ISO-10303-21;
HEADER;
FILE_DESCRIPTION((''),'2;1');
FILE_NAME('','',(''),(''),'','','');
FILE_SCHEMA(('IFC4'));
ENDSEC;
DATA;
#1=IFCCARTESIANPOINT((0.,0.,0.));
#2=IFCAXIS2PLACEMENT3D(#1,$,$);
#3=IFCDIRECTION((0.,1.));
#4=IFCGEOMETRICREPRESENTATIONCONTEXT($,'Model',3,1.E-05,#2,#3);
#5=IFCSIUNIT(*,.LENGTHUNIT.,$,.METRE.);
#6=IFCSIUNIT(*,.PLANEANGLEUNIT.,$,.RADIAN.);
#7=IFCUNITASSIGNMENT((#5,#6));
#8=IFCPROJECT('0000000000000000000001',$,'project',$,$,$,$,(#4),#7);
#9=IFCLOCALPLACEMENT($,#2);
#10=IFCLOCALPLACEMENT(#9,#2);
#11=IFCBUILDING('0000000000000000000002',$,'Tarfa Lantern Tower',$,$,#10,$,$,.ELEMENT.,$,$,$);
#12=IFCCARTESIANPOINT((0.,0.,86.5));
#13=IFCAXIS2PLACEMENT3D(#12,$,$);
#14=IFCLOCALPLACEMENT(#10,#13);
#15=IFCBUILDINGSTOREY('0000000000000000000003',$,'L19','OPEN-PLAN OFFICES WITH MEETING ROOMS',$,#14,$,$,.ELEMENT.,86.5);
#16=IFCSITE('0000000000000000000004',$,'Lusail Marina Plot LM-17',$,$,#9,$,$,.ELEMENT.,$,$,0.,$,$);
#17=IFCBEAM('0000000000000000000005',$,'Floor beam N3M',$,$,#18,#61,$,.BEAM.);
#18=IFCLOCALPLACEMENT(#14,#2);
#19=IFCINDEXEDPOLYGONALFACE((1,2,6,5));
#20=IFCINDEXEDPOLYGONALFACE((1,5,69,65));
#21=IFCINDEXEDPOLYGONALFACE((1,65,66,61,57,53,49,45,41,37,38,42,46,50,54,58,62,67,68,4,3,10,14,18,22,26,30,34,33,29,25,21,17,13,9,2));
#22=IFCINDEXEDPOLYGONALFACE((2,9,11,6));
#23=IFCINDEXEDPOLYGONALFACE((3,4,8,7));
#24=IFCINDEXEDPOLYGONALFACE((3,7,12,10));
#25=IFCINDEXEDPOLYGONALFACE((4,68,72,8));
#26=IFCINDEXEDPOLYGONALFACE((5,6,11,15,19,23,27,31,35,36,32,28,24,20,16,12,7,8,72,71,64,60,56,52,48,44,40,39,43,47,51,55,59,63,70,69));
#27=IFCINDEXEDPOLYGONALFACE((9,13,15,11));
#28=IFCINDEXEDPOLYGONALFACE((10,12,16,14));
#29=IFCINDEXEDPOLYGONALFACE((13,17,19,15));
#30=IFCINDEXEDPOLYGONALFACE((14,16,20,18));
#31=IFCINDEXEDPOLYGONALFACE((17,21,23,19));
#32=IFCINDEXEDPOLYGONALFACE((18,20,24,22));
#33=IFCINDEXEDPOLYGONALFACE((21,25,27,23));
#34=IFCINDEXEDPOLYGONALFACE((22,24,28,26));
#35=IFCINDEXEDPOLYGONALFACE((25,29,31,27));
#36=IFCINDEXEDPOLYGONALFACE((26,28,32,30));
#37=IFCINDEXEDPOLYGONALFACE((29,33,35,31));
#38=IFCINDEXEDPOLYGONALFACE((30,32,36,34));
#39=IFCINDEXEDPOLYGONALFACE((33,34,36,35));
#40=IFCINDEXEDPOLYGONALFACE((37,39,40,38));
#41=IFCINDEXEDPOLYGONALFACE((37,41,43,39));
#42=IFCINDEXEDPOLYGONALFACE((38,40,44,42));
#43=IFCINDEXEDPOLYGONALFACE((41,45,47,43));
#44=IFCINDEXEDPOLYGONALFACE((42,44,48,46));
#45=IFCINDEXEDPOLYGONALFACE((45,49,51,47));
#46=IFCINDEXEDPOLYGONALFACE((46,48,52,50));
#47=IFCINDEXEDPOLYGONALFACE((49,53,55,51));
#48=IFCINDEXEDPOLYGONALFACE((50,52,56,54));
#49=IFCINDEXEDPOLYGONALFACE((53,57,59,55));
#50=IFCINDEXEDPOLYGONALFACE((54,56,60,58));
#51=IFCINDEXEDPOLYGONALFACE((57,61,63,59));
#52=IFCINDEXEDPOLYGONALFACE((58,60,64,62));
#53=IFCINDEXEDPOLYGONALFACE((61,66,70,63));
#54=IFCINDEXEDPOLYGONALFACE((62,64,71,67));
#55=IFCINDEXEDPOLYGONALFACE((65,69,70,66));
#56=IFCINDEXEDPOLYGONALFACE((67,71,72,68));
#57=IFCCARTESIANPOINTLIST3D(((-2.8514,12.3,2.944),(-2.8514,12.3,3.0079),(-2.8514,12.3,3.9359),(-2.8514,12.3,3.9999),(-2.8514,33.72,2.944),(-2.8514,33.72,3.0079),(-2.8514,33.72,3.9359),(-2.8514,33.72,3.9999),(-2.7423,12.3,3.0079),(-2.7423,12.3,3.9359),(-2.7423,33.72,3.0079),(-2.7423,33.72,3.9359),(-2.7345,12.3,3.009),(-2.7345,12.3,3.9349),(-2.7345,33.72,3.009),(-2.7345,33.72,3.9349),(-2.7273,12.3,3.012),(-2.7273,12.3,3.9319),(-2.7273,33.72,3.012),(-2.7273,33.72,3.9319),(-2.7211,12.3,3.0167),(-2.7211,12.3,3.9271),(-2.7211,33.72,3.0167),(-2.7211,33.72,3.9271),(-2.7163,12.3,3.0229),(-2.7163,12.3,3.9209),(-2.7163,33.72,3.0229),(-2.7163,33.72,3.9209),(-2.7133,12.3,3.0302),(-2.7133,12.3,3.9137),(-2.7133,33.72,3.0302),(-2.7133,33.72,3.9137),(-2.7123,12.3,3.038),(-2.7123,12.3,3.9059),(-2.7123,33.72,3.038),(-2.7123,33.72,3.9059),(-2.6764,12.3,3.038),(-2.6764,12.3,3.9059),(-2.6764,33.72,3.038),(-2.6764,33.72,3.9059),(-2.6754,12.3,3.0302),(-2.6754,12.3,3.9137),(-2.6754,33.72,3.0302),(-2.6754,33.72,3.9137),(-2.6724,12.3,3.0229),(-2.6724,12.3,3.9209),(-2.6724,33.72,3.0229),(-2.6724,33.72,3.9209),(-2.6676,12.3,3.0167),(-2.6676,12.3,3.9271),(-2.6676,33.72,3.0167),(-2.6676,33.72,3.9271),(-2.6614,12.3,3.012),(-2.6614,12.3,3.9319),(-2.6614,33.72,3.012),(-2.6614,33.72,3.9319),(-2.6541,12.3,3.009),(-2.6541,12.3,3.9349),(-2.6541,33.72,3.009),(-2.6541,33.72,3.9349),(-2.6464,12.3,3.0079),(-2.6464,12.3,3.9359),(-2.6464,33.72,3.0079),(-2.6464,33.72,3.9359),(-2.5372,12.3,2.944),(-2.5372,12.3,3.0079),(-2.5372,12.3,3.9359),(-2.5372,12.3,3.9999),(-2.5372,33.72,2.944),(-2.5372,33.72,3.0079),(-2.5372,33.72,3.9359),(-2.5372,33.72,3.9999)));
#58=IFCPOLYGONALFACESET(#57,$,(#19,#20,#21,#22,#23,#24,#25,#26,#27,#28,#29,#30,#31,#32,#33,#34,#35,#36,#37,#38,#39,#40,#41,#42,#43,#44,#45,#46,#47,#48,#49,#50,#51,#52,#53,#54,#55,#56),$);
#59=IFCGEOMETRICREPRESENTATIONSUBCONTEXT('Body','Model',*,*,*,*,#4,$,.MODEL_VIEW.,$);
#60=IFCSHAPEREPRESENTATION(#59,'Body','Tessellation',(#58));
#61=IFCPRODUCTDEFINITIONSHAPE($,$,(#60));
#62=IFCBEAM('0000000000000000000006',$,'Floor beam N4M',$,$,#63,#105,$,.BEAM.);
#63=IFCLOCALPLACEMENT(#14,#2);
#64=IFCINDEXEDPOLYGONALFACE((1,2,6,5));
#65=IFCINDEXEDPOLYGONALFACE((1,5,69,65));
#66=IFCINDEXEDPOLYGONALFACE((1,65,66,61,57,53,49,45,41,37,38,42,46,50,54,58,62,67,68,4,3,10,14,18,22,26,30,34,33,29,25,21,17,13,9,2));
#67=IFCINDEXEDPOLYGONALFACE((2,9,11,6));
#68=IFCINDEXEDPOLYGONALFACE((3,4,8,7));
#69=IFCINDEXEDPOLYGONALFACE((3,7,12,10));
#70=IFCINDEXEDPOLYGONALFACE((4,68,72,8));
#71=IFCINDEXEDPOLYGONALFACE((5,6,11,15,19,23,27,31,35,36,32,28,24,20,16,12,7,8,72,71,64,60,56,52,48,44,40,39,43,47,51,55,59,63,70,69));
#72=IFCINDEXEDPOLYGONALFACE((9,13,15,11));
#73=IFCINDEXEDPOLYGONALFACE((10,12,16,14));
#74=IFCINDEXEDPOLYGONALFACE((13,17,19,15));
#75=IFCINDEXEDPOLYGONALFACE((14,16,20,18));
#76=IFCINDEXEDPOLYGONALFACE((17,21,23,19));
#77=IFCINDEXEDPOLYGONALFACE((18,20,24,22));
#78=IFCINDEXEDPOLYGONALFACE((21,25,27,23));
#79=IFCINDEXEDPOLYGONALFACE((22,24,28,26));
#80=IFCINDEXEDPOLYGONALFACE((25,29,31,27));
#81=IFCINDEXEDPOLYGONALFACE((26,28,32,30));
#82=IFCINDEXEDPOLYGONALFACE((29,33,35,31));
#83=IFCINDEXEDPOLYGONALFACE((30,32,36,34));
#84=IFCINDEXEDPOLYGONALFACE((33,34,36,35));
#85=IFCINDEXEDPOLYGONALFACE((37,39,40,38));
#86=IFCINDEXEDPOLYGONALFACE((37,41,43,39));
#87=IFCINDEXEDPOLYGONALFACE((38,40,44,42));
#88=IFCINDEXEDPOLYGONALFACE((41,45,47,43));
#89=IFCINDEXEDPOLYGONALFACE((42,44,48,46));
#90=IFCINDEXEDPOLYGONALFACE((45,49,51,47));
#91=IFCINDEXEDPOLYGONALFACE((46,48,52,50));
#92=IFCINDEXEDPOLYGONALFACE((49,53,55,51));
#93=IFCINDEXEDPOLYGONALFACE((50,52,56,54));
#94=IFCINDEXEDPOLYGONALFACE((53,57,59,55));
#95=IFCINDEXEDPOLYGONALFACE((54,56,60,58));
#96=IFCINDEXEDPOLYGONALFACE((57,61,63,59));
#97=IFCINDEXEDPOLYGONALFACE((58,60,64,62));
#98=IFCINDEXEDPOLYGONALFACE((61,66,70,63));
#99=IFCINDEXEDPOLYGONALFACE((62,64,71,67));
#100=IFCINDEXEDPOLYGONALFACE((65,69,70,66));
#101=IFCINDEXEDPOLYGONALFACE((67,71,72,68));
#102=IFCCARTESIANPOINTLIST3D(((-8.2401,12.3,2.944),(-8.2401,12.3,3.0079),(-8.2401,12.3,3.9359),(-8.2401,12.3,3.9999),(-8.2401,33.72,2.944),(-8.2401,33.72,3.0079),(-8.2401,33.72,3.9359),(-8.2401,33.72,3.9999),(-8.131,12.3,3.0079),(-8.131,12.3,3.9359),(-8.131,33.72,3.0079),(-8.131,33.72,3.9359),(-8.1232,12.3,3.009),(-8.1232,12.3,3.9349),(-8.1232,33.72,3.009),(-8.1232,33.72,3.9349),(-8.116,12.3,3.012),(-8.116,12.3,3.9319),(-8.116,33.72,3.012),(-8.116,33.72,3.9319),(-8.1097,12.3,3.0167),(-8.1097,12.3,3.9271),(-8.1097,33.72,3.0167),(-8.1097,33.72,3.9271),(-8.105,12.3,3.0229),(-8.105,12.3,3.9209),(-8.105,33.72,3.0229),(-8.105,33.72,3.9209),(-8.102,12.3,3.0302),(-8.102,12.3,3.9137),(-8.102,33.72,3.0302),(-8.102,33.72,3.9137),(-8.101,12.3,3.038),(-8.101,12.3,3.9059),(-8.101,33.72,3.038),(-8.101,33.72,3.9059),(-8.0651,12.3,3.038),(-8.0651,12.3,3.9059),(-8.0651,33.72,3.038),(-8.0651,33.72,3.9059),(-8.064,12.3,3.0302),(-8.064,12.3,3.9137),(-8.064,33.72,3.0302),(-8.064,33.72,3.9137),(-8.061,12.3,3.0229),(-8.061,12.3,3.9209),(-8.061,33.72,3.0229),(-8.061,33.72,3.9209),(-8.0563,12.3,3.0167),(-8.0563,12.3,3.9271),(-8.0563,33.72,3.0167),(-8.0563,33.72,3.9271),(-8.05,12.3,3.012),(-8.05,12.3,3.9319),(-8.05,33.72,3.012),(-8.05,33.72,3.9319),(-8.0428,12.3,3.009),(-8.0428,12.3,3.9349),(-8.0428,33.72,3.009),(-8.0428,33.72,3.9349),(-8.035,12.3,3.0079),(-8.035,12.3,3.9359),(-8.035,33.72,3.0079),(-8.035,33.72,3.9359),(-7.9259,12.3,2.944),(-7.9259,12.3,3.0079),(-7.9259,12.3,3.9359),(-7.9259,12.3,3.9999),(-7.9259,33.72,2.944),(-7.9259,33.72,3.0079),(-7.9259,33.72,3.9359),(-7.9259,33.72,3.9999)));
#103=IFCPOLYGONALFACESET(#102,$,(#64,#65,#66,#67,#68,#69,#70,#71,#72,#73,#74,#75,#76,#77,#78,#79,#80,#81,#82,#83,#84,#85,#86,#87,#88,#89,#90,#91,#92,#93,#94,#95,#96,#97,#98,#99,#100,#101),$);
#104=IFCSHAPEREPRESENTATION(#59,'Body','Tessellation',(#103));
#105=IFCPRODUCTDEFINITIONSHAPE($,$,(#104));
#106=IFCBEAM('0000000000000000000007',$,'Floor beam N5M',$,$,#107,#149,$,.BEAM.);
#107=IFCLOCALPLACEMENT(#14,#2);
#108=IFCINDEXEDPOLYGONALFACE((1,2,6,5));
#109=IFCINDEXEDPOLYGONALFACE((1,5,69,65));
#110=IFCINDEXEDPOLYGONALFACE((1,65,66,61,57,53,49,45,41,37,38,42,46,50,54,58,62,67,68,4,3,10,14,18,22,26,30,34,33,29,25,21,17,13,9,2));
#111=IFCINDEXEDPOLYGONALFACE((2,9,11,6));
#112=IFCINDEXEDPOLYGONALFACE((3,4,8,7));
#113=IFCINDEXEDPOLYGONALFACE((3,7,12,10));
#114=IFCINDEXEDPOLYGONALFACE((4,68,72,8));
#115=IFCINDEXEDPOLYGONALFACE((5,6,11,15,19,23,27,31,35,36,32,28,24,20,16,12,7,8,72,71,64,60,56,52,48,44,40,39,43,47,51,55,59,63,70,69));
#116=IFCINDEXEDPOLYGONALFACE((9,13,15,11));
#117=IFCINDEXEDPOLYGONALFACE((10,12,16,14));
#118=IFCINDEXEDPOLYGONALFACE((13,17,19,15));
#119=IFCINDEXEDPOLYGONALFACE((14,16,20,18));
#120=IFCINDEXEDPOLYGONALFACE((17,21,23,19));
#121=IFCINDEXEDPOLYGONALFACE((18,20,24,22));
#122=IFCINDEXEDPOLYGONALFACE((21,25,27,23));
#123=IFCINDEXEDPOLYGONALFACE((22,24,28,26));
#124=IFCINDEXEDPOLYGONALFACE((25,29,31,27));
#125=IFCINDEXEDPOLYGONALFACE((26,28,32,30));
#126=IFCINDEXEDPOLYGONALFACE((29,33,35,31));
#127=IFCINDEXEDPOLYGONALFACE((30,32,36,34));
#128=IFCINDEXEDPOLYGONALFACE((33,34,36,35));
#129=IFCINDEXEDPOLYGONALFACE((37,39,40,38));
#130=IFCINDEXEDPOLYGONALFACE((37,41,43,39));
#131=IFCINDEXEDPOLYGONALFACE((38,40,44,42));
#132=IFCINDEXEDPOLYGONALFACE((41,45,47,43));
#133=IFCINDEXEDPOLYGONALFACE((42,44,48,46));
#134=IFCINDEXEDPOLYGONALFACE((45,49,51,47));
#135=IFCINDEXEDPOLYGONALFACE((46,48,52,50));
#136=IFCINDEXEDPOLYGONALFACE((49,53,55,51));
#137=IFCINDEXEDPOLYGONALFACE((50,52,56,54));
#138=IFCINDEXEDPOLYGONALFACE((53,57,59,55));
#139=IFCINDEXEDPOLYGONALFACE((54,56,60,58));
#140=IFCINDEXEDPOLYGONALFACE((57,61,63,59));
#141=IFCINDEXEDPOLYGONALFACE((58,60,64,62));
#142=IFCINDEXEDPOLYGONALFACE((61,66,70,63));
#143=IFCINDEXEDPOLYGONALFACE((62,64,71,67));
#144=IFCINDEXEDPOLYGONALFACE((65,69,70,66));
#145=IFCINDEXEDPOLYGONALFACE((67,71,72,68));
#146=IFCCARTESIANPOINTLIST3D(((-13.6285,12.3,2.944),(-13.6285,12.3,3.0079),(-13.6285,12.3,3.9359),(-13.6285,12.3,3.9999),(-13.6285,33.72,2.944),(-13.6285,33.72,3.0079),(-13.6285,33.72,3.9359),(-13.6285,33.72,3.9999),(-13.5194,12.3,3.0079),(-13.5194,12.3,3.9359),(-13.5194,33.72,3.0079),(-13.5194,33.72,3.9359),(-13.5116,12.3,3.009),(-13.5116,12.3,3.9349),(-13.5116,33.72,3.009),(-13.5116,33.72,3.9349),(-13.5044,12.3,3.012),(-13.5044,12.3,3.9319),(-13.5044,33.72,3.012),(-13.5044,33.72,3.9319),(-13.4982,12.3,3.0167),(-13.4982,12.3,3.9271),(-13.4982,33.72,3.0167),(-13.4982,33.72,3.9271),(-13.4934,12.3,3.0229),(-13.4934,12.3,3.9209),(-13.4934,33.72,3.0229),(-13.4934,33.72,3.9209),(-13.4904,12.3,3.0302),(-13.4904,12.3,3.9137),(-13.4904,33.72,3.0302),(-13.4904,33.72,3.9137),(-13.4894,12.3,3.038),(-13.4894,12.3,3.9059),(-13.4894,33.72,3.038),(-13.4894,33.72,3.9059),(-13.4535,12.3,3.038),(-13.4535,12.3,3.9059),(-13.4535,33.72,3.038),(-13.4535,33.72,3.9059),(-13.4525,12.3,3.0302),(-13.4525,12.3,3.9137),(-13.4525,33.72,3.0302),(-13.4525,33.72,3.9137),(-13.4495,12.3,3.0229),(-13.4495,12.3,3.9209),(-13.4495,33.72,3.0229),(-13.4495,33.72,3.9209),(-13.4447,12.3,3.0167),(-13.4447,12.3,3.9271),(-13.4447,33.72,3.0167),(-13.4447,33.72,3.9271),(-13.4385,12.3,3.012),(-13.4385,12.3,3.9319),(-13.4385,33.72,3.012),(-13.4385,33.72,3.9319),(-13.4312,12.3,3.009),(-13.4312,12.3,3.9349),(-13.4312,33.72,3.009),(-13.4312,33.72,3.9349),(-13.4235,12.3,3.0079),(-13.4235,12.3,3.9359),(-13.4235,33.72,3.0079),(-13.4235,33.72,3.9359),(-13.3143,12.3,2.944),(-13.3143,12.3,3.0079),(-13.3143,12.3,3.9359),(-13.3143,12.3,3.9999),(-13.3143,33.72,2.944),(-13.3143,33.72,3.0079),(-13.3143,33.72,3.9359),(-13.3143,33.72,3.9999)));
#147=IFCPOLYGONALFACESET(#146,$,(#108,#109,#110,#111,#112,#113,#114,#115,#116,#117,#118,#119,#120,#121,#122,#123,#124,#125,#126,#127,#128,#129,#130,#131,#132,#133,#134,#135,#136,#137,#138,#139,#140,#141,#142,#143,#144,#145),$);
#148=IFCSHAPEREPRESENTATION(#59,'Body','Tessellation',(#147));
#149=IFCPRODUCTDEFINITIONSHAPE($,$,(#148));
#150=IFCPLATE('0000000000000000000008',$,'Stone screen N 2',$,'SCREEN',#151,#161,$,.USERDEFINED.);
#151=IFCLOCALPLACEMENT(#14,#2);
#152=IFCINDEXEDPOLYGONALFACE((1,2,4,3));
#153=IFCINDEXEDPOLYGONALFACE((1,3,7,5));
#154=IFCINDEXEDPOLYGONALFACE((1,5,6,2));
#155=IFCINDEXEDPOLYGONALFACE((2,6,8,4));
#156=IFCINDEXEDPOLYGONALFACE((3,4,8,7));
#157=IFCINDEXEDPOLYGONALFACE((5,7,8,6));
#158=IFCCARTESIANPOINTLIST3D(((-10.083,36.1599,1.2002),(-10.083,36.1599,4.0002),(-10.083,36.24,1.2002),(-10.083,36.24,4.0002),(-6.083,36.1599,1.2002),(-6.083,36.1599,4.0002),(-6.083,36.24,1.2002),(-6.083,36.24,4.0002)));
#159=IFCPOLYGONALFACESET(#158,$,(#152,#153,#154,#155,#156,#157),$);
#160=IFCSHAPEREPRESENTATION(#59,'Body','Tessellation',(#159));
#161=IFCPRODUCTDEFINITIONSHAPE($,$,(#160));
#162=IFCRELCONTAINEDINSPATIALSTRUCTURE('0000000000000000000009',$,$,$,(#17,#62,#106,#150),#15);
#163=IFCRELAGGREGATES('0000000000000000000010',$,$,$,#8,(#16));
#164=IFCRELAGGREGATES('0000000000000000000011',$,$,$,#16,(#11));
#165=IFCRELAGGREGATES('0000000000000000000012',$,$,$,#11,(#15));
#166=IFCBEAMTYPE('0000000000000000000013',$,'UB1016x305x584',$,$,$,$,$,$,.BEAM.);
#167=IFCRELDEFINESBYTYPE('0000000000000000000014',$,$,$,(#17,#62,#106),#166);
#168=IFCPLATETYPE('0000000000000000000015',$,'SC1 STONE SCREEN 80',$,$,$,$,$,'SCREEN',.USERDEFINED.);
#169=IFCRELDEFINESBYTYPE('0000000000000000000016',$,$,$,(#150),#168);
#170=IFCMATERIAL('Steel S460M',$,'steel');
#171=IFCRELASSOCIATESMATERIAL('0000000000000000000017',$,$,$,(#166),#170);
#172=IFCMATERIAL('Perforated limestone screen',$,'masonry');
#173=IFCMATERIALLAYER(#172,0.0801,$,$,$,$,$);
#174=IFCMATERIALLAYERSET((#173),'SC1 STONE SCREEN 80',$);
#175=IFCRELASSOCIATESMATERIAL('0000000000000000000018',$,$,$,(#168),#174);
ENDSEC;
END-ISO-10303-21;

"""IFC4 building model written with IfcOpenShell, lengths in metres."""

from ifc_helpers import new_model, si_unit, direction, frame, origin, origin_2d, place, context, subcontext, project, spatial, rectangle, i_section, extrude, material, layer, layer_set, material_profile, profile_set, type_object, element, save


model = new_model("IFC4")

# Units and contexts
model_context = context("Model", 3, precision=1e-05, world=origin(), true_north=direction((0.0, 1.0)))
body_context = subcontext(model_context, "Body", "Model", "MODEL_VIEW")
ifc_project = project(units=[si_unit("LENGTHUNIT", "METRE"), si_unit("PLANEANGLEUNIT", "RADIAN")], contexts=[model_context])

# Site, building, storey
site_placement = place(None, origin())
site = spatial("IfcSite", under=ifc_project, at=site_placement, Name="Lusail Marina Plot LM-17", CompositionType="ELEMENT", RefElevation=0.0)
building_placement = place(site_placement, origin())
building = spatial("IfcBuilding", under=site, at=building_placement, Name="Tarfa Lantern Tower", CompositionType="ELEMENT")
storey_placement = place(building_placement, frame((0.0, 0.0, 86.5)))
storey = spatial("IfcBuildingStorey", under=building, at=storey_placement, Name="L19", Description="OPEN-PLAN OFFICES WITH MEETING ROOMS", CompositionType="ELEMENT", Elevation=86.5)

# Beams
ifc_material_1 = material(Name="Steel S460M", Category="steel")
ifc_material_profile_1 = material_profile(ifc_material_1, i_section(OverallWidth=0.3142, OverallDepth=1.0559, WebThickness=0.0359, FlangeThickness=0.064, FilletRadius=0.03, at=origin_2d()), Name="UB1016x305x584")
ifc_profile_set_1 = profile_set([ifc_material_profile_1], Name="Steel S460M")
beam_type_1 = type_object("IfcBeamType", Name="UB1016x305x584", PredefinedType="BEAM", material=ifc_profile_set_1)
for number, where, z_axis, x_axis, name in (
    (1, (-2.6943, 33.72, 3.4719), (0.0, -1.0, 0.0), (1.0, 0.0, 0.0), "Floor beam N3M"),
    (2, (-8.083, 33.72, 3.4719), (0.0, -1.0, 0.0), (1.0, 0.0, 0.0), "Floor beam N4M"),
    (3, (-13.4714, 33.72, 3.4719), (0.0, -1.0, 0.0), (1.0, 0.0, 0.0), "Floor beam N5M"),
):
    element("IfcBeam", number, at=place(storey_placement, frame(where, z_axis=z_axis, x_axis=x_axis)), inside=storey, type_object=beam_type_1, Name=name, PredefinedType="BEAM", context=body_context, shape_type="SweptSolid", body=[
        extrude(i_section(OverallWidth=0.3142, OverallDepth=1.0559, WebThickness=0.0359, FlangeThickness=0.064, FilletRadius=0.03, at=origin_2d()), origin(), (0.0, 0.0, 1.0), 21.4199),
    ])

# Plate
ifc_material_2 = material(Name="Perforated limestone screen", Category="masonry")
ifc_layer_1 = layer(ifc_material_2, 0.0801)
ifc_layer_set_1 = layer_set([ifc_layer_1], Name="SC1 STONE SCREEN 80")
plate_type = type_object("IfcPlateType", Name="SC1 STONE SCREEN 80", ElementType="SCREEN", PredefinedType="USERDEFINED", material=ifc_layer_set_1)
plate_placement = place(storey_placement, frame((-8.083, 36.2, 1.2002), z_axis=(0.0, 0.0, 1.0), x_axis=(-1.0, 0.0, 0.0)))
element("IfcPlate", 4, at=plate_placement, inside=storey, type_object=plate_type, Name="Stone screen N 2", ObjectType="SCREEN", PredefinedType="USERDEFINED", context=body_context, shape_type="SweptSolid", body=[
    extrude(rectangle(XDim=4.0, YDim=0.0801, at=origin_2d()), origin(), (0.0, 0.0, 1.0), 2.8),
])

save(model, "model.ifc")
